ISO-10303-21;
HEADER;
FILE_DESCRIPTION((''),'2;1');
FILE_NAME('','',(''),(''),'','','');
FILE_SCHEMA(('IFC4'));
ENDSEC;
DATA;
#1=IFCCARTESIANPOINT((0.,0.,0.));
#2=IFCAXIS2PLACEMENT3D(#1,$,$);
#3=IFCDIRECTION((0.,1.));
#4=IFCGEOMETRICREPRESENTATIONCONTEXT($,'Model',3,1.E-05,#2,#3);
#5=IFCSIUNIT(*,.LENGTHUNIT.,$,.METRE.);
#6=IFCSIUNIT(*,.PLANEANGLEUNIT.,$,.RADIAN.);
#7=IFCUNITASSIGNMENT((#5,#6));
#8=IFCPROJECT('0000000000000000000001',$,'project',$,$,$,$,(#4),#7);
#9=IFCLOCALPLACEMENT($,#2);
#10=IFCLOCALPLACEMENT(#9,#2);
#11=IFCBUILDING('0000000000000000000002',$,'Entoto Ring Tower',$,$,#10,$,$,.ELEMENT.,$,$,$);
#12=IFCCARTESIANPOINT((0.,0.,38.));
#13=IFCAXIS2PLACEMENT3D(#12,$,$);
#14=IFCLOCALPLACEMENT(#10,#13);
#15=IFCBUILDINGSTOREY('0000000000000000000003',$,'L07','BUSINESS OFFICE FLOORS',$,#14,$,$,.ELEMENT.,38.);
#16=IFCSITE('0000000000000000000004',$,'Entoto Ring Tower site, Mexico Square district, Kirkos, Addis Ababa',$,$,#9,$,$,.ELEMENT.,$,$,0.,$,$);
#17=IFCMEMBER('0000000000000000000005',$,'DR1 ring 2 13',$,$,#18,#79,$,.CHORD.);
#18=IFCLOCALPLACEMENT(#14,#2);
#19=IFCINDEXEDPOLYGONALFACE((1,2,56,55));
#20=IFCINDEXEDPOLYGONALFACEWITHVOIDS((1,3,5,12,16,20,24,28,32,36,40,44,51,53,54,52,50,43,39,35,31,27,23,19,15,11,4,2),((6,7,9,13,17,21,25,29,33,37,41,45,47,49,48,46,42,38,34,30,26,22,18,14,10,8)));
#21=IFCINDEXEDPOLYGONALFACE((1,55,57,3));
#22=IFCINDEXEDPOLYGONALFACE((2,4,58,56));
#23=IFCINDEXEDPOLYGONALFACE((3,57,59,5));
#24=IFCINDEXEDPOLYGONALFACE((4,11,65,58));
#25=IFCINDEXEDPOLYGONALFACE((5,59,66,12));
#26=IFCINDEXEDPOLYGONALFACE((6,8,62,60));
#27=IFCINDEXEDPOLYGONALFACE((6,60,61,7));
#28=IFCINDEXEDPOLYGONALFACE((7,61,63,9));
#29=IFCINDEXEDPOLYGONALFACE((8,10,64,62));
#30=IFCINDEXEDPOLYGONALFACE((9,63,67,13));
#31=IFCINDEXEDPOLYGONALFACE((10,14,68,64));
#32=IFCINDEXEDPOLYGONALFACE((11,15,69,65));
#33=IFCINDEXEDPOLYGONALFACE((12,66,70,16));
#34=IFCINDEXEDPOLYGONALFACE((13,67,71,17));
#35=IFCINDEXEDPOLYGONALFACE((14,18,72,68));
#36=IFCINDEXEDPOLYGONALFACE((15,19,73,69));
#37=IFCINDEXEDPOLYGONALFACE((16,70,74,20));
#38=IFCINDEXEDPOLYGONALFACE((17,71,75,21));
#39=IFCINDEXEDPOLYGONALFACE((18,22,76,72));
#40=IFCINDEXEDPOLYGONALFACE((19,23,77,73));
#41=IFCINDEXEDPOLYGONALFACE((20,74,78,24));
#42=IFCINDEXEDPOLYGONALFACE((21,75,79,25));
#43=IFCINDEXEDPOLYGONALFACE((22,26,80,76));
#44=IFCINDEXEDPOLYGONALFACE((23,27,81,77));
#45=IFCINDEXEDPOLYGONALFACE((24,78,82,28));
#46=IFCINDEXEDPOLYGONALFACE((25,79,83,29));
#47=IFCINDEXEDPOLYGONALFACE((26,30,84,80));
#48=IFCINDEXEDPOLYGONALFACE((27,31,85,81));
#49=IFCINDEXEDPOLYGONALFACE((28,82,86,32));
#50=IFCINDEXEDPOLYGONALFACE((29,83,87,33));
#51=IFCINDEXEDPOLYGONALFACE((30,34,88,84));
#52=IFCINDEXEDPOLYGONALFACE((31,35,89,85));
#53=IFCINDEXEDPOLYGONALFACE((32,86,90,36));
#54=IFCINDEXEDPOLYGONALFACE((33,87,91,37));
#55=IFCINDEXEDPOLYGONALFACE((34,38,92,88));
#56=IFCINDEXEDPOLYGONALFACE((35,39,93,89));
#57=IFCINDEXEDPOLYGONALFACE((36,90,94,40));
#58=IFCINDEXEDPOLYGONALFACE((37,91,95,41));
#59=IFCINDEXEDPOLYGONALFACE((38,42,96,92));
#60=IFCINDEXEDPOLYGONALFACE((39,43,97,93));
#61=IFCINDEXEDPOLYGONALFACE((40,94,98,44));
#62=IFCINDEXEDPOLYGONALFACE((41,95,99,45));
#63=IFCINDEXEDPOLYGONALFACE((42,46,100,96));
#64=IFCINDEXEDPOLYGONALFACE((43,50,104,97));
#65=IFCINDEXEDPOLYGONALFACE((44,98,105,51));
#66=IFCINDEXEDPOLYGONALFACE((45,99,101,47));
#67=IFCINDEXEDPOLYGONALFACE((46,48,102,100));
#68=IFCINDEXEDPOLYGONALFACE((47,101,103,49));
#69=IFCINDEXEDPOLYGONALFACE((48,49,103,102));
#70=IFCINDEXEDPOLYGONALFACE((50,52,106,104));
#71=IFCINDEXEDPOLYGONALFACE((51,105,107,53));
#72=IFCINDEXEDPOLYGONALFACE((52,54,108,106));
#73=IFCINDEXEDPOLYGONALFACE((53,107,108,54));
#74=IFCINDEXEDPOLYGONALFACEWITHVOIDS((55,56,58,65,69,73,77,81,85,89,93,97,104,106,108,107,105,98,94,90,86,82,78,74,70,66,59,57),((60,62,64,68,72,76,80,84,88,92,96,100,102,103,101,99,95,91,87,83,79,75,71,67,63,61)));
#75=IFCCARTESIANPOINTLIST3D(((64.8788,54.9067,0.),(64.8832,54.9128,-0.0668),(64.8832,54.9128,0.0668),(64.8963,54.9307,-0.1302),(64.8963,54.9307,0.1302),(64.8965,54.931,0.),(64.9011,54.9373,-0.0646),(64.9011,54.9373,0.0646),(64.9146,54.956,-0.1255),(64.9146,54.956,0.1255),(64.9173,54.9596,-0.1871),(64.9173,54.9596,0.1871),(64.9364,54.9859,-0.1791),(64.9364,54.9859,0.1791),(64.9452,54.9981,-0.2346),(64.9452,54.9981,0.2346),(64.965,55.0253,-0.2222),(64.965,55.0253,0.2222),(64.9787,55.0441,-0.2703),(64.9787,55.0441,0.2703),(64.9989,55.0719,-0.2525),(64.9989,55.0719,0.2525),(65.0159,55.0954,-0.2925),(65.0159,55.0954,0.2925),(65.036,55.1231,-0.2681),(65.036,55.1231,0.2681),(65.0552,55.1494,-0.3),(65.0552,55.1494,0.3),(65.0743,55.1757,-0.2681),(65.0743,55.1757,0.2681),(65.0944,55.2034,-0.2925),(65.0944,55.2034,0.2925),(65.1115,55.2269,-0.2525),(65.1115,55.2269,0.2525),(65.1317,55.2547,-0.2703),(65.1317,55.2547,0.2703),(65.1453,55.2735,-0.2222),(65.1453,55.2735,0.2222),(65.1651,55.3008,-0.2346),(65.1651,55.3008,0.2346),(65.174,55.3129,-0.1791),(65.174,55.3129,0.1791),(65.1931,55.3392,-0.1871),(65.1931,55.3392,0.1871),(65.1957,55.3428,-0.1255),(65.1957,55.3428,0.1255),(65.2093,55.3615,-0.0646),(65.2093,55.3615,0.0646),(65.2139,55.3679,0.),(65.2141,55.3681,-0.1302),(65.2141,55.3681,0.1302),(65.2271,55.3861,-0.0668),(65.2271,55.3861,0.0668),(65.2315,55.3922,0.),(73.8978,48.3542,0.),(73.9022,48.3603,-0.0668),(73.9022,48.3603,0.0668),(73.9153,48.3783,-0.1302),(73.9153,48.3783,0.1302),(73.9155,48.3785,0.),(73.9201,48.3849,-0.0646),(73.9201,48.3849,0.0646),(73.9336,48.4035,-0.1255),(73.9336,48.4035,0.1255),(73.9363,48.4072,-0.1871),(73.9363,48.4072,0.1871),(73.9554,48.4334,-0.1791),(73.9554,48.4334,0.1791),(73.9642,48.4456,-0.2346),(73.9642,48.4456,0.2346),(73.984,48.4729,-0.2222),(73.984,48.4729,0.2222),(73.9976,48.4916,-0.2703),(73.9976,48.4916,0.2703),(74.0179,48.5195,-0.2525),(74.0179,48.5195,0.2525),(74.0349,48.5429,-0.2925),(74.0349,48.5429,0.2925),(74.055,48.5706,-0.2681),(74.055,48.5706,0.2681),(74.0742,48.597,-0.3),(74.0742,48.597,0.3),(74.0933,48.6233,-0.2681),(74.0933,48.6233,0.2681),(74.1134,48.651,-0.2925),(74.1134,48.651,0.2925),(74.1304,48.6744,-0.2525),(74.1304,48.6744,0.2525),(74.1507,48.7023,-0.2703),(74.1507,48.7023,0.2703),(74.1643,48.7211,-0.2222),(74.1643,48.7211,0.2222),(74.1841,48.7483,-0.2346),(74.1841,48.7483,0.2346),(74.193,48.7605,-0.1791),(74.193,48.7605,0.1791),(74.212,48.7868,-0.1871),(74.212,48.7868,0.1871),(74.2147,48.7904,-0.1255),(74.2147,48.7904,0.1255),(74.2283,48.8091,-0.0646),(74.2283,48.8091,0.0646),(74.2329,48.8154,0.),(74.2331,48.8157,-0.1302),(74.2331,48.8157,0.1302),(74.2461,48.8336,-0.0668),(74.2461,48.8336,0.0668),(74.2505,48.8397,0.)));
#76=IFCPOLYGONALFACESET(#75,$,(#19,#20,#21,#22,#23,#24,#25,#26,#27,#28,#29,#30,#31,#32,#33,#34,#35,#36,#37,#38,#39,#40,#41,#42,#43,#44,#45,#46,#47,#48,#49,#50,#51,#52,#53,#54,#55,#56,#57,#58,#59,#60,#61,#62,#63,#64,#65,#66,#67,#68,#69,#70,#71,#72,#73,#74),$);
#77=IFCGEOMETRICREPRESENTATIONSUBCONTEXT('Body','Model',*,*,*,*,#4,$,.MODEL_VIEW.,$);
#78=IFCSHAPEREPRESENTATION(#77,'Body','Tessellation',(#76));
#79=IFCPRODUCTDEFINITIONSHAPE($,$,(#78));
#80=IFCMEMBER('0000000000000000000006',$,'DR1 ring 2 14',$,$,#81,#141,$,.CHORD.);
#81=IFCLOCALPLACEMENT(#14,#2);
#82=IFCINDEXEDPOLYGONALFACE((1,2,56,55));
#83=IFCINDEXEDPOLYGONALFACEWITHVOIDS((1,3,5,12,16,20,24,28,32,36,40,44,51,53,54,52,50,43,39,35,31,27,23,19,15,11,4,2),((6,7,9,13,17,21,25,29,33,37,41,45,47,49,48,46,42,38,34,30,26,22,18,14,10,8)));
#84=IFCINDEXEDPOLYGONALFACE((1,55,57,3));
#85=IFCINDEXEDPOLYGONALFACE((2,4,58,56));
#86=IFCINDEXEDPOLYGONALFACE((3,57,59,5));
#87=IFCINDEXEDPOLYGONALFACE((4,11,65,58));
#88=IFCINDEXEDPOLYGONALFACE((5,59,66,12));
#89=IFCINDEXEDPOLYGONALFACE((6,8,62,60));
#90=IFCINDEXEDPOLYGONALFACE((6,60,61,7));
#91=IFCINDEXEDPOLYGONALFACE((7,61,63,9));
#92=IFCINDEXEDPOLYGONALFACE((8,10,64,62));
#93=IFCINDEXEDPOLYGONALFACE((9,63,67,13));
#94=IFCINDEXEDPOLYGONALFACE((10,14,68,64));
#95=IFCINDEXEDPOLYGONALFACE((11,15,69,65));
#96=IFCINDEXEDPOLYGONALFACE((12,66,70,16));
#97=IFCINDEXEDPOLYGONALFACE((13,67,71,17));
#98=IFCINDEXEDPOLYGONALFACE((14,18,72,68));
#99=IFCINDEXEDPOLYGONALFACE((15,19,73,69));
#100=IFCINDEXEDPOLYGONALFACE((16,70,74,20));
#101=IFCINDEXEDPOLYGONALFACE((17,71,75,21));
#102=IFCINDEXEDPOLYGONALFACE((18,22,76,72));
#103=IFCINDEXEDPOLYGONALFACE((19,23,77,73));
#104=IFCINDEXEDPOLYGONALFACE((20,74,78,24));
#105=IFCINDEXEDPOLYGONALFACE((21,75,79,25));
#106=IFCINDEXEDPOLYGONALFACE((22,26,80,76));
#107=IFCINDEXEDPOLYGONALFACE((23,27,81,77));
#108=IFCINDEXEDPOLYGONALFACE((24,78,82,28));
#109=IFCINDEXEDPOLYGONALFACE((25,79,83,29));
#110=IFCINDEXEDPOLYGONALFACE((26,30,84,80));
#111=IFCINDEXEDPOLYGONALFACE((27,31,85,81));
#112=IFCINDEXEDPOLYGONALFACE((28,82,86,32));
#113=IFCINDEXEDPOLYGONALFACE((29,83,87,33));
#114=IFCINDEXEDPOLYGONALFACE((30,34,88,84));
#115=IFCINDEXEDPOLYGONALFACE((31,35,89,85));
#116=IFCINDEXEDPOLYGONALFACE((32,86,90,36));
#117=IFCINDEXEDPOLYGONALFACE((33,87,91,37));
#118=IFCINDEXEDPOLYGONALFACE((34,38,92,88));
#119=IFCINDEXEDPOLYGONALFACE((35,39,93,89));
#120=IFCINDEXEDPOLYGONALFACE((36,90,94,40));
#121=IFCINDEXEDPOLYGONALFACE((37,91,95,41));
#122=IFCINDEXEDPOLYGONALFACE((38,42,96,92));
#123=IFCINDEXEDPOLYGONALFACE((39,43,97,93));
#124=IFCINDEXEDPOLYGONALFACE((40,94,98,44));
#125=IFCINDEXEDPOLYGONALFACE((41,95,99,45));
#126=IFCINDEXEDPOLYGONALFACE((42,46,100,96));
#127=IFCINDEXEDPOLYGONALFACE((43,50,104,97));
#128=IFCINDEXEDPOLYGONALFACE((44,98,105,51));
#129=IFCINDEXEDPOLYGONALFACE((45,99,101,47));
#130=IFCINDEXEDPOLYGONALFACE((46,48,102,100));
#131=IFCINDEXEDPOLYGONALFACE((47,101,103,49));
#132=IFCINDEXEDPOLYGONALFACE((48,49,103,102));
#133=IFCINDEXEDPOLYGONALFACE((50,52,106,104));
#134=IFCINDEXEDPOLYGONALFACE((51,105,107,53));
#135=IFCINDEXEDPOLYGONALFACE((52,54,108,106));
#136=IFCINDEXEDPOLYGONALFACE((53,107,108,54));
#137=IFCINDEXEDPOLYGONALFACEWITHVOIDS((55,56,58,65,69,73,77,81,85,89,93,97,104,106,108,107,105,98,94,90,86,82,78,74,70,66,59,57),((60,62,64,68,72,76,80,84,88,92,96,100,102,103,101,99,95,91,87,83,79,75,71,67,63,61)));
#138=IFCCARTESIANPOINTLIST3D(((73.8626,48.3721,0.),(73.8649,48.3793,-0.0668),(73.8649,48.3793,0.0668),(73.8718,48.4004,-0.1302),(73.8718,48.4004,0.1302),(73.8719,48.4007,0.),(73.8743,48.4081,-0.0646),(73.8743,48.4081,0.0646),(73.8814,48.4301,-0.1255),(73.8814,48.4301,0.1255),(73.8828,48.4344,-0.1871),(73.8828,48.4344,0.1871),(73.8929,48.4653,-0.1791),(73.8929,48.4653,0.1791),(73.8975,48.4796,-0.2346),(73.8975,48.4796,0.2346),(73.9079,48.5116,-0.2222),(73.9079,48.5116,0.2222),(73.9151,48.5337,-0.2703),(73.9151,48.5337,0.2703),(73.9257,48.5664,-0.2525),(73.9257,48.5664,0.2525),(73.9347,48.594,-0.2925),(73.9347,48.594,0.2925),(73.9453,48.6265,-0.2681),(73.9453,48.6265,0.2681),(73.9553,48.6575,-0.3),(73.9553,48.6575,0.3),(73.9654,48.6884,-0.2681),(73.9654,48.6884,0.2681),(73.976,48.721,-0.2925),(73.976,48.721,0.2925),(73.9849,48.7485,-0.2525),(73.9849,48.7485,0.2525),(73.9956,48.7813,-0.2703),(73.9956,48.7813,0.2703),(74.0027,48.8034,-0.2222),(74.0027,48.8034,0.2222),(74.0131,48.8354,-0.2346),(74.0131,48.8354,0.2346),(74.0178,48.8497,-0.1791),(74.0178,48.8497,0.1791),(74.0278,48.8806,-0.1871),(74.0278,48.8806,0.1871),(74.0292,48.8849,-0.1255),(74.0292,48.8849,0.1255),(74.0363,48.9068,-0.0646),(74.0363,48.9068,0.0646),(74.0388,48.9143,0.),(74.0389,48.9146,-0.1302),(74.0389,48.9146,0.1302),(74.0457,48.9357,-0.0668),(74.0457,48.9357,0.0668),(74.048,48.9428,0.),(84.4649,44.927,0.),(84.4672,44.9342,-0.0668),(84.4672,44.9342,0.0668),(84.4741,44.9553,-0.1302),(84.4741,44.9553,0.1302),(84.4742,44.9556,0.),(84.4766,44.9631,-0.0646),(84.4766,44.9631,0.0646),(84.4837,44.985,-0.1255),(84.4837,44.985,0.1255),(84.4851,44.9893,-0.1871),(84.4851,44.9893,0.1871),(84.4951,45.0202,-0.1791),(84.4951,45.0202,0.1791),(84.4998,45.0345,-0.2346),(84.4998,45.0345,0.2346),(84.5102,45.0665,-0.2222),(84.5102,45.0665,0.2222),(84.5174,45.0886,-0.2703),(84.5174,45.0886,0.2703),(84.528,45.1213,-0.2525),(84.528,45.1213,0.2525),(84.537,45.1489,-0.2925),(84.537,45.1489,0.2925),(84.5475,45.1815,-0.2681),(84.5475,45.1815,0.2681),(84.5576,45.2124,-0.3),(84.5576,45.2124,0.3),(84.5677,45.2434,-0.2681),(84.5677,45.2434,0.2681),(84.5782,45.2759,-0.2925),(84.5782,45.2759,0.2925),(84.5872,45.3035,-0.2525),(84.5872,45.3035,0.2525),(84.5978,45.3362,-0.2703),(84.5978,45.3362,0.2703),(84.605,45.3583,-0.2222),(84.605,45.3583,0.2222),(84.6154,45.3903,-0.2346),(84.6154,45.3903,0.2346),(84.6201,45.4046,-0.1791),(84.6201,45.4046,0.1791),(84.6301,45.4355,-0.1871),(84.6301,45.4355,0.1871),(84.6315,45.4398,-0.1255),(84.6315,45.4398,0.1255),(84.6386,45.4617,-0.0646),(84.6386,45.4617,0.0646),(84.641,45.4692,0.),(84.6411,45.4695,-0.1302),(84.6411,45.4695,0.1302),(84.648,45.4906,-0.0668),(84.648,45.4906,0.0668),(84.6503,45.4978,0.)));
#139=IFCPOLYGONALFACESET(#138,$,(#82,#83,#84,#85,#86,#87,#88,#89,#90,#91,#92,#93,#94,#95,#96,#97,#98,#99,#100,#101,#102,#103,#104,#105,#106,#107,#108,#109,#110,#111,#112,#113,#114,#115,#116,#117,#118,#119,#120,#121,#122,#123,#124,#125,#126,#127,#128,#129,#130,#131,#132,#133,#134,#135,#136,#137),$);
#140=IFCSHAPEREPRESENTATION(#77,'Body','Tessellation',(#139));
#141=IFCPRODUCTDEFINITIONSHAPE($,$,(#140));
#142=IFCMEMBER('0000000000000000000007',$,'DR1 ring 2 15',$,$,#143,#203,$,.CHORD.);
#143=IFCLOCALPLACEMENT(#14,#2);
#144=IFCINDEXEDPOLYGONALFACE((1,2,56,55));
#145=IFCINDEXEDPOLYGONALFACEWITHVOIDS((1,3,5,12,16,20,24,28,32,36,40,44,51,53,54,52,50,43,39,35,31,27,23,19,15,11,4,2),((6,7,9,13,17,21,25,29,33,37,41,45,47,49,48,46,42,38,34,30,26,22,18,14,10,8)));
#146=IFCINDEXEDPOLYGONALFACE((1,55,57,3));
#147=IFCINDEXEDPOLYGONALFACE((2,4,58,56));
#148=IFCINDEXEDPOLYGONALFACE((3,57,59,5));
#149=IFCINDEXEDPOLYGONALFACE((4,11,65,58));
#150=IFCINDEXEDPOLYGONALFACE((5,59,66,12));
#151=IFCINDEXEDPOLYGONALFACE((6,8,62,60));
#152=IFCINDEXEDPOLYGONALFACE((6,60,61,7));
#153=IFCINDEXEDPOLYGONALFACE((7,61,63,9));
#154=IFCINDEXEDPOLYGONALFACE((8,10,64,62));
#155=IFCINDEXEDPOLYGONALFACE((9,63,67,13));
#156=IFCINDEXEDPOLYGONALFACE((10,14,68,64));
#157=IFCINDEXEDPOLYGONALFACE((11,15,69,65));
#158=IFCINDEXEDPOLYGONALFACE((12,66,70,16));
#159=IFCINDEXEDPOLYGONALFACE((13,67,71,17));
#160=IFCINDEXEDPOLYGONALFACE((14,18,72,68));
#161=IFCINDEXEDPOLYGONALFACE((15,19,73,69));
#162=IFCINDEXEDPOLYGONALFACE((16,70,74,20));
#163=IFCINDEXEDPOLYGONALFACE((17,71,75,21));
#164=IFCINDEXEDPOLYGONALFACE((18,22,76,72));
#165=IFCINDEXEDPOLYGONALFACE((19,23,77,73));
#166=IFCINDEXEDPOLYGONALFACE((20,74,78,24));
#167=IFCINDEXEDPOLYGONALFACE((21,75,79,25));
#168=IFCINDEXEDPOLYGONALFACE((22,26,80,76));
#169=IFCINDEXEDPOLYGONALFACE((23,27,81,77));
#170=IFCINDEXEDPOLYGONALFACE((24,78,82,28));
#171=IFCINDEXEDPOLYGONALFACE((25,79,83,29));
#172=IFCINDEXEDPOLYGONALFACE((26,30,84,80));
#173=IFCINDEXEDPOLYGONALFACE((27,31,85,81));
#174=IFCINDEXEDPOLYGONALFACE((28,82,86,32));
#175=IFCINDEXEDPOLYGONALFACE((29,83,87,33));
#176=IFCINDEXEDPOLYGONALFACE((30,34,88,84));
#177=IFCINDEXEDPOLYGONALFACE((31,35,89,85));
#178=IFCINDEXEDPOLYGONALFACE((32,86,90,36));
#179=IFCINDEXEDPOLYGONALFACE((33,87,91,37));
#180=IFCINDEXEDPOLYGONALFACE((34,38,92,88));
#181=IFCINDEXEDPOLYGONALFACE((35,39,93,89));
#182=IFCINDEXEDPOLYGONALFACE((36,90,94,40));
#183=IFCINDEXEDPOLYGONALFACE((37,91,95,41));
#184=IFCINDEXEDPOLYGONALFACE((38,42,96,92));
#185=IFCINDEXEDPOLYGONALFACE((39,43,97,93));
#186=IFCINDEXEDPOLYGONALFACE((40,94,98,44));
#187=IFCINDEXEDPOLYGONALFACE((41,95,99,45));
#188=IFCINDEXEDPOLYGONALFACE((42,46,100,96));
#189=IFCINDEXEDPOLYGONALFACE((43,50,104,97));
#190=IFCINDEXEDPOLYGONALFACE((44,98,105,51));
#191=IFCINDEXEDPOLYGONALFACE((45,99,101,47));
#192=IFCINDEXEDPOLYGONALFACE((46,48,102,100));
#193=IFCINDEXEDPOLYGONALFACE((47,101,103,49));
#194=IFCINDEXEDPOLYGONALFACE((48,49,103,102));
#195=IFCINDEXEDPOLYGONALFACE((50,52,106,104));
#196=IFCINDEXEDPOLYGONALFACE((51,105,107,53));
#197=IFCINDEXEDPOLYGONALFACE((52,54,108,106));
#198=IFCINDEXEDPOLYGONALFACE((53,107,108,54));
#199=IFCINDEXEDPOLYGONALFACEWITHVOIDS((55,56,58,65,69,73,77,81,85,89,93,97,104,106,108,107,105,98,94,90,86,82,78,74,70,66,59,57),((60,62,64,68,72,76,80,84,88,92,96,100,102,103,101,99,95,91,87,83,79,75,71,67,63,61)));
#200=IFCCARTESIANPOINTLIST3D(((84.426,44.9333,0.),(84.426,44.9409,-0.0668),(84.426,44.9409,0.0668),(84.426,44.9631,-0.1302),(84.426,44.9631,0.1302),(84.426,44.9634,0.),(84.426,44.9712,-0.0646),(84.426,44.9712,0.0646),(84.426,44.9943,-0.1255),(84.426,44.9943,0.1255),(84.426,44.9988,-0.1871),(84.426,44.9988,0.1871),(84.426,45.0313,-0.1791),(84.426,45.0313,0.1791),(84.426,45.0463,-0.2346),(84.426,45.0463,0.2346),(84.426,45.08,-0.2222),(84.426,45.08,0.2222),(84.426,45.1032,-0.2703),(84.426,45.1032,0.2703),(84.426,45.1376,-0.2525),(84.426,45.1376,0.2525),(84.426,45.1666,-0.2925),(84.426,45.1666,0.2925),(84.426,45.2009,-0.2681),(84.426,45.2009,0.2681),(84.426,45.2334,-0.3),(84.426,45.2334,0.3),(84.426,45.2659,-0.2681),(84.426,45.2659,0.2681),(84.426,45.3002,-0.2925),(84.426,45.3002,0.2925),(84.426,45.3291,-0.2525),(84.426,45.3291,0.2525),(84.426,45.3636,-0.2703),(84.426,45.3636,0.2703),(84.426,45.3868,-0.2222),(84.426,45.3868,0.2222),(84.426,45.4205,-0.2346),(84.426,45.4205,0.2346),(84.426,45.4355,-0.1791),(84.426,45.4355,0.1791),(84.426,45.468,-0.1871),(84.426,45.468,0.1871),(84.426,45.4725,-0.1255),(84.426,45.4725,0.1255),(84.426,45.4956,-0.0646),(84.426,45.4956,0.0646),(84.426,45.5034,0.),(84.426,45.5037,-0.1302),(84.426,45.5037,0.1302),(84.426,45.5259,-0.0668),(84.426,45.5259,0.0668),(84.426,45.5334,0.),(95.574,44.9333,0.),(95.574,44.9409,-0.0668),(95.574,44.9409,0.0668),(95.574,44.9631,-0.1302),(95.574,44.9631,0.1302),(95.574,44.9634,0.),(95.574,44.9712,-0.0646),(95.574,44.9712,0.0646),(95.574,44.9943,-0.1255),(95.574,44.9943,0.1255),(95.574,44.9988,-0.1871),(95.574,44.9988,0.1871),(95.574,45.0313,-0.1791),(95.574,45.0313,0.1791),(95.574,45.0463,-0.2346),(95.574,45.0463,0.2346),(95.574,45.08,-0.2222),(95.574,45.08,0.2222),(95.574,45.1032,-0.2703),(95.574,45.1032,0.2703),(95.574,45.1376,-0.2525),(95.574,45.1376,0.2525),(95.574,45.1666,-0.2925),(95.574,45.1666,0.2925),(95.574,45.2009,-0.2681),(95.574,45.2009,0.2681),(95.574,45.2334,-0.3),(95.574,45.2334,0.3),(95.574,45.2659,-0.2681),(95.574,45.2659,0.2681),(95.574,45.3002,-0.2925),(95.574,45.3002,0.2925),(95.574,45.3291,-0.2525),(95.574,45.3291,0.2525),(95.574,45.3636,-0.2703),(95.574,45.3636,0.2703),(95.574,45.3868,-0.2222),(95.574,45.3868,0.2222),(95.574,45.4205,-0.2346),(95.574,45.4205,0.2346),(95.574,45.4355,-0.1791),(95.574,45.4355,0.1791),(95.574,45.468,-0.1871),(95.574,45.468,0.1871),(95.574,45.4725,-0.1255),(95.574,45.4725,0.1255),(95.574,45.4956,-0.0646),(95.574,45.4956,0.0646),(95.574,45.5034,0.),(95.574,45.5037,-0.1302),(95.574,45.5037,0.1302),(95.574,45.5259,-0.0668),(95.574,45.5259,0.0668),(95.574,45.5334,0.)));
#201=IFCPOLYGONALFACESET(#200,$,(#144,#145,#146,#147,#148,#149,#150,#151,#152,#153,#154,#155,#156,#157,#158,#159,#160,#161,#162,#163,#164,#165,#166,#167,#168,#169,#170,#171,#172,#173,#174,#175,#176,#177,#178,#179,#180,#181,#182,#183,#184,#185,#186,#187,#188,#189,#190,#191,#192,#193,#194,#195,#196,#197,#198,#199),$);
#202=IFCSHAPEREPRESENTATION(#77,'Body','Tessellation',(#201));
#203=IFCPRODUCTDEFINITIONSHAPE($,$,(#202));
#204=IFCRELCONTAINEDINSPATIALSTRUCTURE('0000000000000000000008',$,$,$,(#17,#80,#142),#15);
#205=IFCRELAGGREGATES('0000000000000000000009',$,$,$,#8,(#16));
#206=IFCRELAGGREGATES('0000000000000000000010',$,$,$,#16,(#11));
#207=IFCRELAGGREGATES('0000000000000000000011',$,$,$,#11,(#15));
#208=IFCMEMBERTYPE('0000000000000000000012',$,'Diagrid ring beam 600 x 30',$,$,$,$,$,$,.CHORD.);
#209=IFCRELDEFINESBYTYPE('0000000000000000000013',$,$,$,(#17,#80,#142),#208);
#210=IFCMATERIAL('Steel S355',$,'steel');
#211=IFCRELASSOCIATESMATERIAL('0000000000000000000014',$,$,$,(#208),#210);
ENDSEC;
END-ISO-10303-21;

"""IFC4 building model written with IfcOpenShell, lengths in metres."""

from ifc_helpers import new_model, si_unit, direction, frame, origin, origin_2d, place, context, subcontext, project, spatial, circle, hollow_circle, extrude, material, material_profile, profile_set, type_object, element, save


model = new_model("IFC4")

# Units and contexts
model_context = context("Model", 3, precision=1e-05, world=origin(), true_north=direction((0.0, 1.0)))
body_context = subcontext(model_context, "Body", "Model", "MODEL_VIEW")
ifc_project = project(units=[si_unit("LENGTHUNIT", "METRE"), si_unit("PLANEANGLEUNIT", "RADIAN")], contexts=[model_context])

# Site, building, storey
site_placement = place(None, origin())
site = spatial("IfcSite", under=ifc_project, at=site_placement, Name="Entoto Ring Tower site, Mexico Square district, Kirkos, Addis Ababa", CompositionType="ELEMENT", RefElevation=0.0)
building_placement = place(site_placement, origin())
building = spatial("IfcBuilding", under=site, at=building_placement, Name="Entoto Ring Tower", CompositionType="ELEMENT")
storey_placement = place(building_placement, frame((0.0, 0.0, 38.0)))
storey = spatial("IfcBuildingStorey", under=building, at=storey_placement, Name="L07", Description="BUSINESS OFFICE FLOORS", CompositionType="ELEMENT", Elevation=38.0)

# Members
ifc_material_1 = material(Name="Steel S355", Category="steel")
ifc_material_profile_1 = material_profile(ifc_material_1, hollow_circle(Radius=0.3, WallThickness=0.03, at=origin_2d()), Name="CHS 600 x 30")
ifc_material_2 = material(Name="Concrete C60/75", Category="concrete")
ifc_material_profile_2 = material_profile(ifc_material_2, circle(Radius=0.27, at=origin_2d()), Name="Concrete C60/75 infill")
ifc_profile_set_1 = profile_set([ifc_material_profile_1, ifc_material_profile_2], Name="Steel S355")
member_type_1 = type_object("IfcMemberType", Name="Diagrid ring beam 600 x 30", PredefinedType="CHORD", material=ifc_profile_set_1)
for number, where, z_axis, x_axis, name in (
    (1, (65.0552, 55.1494, 0.0), (0.809027, -0.587772, 0.0), (0.587772, 0.809027, 0.0), "DR1 ring 2 13"),
    (2, (73.9553, 48.6575, 0.0), (0.951052, -0.309031, 0.0), (0.309031, 0.951052, 0.0), "DR1 ring 2 14"),
    (3, (84.426, 45.2334, 0.0), (1.0, 0.0, 0.0), (0.0, 1.0, 0.0), "DR1 ring 2 15"),
):
    element("IfcMember", number, at=place(storey_placement, frame(where, z_axis=z_axis, x_axis=x_axis)), inside=storey, type_object=member_type_1, Name=name, PredefinedType="CHORD", context=body_context, shape_type="SweptSolid", body=[
        extrude(hollow_circle(Radius=0.3, WallThickness=0.03, at=origin_2d()), origin(), (0.0, 0.0, 1.0), 11.1479),
    ])

save(model, "model.ifc")
